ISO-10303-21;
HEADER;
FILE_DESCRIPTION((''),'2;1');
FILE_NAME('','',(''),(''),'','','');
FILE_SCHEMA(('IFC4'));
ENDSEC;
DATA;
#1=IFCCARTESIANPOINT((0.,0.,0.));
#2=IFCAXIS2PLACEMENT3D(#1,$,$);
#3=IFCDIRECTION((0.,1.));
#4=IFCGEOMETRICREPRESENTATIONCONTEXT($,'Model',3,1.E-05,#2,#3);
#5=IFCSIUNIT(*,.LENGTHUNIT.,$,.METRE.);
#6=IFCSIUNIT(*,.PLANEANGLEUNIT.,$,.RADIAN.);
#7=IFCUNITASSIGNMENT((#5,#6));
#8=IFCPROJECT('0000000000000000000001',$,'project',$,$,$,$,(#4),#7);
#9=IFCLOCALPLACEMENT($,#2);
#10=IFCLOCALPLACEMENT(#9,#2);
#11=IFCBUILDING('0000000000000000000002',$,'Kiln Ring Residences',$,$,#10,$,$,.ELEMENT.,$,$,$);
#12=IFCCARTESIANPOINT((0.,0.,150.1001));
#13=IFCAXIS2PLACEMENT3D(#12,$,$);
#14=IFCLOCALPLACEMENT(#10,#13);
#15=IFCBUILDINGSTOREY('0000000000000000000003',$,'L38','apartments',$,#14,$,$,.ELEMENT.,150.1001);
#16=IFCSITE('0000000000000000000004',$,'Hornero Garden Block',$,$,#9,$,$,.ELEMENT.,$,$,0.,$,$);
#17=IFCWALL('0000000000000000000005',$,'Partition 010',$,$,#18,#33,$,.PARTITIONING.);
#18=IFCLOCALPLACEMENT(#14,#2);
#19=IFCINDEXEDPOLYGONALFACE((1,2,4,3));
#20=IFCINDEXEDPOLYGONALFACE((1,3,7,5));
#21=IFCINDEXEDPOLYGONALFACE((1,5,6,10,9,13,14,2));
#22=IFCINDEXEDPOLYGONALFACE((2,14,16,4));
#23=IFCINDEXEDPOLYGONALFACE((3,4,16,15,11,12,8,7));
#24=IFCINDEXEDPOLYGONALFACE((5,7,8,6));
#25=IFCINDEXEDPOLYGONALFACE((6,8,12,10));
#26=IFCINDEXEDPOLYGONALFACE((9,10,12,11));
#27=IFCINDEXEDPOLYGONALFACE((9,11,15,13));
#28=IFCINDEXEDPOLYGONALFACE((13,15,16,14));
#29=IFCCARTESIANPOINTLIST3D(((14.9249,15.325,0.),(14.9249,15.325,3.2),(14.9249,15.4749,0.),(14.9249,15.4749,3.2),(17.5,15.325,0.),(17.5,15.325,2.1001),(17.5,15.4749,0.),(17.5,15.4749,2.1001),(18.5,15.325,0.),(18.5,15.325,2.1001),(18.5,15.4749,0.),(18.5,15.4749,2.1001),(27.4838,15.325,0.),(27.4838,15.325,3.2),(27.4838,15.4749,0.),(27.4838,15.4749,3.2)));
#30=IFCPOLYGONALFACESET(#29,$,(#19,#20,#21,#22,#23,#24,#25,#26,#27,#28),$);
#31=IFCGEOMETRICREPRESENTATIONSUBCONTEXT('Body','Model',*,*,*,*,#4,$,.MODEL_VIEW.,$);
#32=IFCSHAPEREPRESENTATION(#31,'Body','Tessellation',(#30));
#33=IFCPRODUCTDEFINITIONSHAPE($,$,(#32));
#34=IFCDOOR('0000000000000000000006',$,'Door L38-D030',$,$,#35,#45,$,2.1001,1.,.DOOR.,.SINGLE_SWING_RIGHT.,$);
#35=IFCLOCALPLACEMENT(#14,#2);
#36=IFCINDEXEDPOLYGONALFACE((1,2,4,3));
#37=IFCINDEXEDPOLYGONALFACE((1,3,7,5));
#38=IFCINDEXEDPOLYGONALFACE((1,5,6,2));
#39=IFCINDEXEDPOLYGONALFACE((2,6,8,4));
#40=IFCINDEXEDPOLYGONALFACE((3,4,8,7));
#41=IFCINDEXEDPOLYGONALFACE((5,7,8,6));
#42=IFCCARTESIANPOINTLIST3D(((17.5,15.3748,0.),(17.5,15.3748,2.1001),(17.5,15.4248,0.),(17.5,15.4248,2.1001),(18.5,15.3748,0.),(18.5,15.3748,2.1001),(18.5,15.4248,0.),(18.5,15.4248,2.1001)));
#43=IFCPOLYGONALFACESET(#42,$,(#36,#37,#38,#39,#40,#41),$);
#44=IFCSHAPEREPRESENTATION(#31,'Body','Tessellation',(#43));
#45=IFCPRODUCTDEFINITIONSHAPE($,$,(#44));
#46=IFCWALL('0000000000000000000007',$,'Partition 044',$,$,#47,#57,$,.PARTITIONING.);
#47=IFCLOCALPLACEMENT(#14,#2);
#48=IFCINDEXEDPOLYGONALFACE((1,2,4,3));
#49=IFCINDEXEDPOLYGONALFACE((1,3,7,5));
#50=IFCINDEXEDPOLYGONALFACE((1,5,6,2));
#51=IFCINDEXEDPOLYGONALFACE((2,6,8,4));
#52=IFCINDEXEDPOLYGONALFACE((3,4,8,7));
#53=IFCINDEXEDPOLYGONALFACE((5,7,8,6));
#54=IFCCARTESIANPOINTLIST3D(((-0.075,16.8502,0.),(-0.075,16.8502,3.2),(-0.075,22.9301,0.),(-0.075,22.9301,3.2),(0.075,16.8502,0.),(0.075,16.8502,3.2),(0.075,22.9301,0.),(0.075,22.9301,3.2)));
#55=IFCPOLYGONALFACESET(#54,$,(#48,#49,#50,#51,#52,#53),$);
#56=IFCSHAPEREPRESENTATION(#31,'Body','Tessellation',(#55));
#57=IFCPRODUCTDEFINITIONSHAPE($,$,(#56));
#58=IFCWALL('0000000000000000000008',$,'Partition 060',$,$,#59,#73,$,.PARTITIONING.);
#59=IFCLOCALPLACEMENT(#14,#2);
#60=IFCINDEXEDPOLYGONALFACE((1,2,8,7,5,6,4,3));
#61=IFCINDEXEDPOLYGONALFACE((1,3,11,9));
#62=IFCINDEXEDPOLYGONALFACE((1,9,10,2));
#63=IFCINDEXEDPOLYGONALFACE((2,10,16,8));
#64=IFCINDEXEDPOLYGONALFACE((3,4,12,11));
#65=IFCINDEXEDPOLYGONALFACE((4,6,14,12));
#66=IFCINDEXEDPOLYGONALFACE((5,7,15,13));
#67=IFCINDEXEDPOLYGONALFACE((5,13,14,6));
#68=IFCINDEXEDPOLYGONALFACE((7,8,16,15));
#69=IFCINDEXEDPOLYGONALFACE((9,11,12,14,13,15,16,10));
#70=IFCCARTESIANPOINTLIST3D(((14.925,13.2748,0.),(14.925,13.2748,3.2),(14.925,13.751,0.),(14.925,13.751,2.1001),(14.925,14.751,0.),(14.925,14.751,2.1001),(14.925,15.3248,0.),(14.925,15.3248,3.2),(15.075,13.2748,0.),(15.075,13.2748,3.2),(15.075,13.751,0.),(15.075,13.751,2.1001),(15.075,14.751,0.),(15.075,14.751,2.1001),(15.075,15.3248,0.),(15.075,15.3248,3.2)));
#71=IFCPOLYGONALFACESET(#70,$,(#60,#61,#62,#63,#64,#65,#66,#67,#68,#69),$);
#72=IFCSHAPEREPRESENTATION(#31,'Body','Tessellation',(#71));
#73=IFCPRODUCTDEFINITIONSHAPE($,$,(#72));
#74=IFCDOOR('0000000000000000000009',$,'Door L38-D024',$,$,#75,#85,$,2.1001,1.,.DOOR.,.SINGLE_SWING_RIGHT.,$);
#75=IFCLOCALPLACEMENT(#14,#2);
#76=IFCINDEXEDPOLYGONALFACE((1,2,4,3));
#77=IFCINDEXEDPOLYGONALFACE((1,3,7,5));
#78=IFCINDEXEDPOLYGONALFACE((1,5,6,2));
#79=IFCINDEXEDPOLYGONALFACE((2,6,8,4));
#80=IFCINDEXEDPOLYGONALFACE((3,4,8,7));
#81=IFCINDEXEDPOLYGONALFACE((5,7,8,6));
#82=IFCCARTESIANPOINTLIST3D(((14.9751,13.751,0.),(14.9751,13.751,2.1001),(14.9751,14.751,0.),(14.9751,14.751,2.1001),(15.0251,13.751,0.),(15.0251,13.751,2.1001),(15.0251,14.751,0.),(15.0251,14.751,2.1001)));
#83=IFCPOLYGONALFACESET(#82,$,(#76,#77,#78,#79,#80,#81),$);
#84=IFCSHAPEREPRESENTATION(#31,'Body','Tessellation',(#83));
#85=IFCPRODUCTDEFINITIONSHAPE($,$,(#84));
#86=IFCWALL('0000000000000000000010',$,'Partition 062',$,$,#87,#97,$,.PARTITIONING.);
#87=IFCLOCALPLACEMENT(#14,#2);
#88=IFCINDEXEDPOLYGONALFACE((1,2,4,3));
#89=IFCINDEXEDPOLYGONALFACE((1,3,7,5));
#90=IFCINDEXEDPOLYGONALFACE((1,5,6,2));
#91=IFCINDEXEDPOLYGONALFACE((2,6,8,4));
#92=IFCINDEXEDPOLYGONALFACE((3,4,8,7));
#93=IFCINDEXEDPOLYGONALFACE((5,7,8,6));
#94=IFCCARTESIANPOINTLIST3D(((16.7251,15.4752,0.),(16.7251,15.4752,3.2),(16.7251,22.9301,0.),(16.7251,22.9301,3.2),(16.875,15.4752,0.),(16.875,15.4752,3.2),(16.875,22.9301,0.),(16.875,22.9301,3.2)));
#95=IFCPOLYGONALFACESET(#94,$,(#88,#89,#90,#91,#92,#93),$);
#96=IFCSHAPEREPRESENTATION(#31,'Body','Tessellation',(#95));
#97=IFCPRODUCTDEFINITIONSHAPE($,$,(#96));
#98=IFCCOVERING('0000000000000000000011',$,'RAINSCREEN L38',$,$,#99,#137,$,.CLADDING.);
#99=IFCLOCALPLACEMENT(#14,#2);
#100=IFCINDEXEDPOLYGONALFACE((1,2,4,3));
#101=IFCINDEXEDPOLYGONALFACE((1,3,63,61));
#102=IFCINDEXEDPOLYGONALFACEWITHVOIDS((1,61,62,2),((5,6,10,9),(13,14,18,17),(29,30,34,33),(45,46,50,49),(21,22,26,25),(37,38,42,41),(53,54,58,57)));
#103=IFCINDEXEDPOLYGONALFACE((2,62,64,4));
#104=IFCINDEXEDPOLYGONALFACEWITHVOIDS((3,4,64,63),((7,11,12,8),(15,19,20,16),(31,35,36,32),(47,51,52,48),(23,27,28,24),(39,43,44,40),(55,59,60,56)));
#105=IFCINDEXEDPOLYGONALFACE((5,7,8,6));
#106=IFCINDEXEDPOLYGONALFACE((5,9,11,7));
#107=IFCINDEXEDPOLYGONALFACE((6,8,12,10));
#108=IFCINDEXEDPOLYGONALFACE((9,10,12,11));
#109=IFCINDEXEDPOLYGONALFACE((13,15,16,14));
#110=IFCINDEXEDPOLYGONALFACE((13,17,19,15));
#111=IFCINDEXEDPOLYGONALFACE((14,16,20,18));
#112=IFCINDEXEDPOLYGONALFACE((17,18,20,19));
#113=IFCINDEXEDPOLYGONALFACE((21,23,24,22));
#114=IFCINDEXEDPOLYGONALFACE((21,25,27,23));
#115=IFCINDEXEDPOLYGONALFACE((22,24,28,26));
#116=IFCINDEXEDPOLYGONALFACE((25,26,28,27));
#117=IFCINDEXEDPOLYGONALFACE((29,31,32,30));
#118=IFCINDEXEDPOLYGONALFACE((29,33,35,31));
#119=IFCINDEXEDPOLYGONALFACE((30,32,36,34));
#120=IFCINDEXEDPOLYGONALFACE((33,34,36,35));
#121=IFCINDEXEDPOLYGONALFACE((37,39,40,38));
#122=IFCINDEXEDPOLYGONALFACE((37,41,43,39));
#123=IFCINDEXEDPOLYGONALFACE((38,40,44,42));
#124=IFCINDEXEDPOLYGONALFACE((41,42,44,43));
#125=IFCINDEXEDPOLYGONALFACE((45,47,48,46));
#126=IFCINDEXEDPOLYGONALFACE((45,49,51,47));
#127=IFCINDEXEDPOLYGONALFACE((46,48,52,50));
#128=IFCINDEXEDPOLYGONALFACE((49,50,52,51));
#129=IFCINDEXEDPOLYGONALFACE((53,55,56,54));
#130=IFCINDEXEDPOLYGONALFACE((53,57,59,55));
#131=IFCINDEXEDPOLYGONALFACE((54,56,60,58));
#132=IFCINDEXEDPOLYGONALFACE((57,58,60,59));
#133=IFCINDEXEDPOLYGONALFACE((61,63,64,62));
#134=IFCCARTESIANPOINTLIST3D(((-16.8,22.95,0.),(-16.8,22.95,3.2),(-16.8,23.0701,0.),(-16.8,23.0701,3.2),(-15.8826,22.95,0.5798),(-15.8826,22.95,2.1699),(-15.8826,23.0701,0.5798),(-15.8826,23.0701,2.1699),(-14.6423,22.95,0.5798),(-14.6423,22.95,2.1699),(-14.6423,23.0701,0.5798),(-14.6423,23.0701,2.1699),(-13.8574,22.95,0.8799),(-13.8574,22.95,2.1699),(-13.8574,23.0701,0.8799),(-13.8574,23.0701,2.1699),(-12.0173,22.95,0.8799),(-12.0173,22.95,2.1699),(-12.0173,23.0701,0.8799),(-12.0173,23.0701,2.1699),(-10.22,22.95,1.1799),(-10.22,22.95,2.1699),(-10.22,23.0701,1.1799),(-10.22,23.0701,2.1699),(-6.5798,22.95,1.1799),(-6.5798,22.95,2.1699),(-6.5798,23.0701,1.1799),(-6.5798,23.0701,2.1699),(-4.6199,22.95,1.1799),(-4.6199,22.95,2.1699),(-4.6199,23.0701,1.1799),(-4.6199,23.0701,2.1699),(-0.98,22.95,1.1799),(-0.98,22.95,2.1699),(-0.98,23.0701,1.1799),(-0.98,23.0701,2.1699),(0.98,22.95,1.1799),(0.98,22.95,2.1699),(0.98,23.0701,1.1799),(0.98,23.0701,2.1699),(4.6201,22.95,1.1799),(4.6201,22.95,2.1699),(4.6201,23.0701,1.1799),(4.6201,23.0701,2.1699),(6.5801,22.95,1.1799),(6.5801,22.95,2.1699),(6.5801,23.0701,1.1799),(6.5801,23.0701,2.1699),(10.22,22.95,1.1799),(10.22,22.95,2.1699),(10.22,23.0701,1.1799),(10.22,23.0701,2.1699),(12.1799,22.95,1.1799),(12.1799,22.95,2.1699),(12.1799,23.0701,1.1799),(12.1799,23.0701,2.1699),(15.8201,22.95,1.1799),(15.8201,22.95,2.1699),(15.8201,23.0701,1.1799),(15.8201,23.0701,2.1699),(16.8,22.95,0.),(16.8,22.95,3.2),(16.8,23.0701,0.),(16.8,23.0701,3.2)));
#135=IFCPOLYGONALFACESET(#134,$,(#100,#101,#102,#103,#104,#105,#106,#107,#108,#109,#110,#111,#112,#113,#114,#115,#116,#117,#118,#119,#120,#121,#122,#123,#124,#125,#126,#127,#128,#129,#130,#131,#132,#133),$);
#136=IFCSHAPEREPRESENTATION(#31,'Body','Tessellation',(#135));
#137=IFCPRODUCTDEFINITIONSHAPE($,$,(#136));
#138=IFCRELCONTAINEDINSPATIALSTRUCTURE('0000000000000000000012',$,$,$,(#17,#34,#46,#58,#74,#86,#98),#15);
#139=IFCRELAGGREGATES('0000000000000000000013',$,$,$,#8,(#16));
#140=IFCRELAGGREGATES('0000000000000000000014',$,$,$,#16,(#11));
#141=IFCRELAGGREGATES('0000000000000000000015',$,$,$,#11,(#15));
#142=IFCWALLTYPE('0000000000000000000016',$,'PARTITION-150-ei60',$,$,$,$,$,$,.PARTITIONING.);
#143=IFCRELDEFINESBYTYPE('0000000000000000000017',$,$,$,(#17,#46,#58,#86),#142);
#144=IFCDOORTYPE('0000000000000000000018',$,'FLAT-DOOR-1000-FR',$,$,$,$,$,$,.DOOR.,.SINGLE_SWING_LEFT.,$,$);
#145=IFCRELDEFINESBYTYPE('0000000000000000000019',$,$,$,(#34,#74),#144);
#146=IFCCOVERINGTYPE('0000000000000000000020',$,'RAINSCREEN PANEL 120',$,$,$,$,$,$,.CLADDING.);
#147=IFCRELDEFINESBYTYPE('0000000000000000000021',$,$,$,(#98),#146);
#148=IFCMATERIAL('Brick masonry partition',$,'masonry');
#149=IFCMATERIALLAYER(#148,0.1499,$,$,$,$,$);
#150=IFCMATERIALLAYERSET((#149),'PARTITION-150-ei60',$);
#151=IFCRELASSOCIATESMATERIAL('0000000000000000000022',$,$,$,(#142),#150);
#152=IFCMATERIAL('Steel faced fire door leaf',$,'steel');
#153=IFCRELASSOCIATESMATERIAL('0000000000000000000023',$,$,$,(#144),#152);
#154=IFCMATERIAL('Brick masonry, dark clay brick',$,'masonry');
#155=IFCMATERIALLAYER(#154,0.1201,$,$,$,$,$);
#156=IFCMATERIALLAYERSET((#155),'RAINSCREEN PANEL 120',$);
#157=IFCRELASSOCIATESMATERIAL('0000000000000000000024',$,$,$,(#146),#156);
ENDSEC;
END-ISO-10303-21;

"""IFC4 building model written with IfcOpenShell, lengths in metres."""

from ifc_helpers import new_model, si_unit, direction, frame, frame_2d, origin, place, context, subcontext, project, spatial, polyline, rectangle, outline, extrude, material, layer, layer_set, type_object, element, fill, save


model = new_model("IFC4")

# Units and contexts
model_context = context("Model", 3, precision=1e-05, world=origin(), true_north=direction((0.0, 1.0)))
body_context = subcontext(model_context, "Body", "Model", "MODEL_VIEW")
ifc_project = project(units=[si_unit("LENGTHUNIT", "METRE"), si_unit("PLANEANGLEUNIT", "RADIAN")], contexts=[model_context])

# Site, building, storey
site_placement = place(None, origin())
site = spatial("IfcSite", under=ifc_project, at=site_placement, Name="Hornero Garden Block", CompositionType="ELEMENT", RefElevation=0.0)
building_placement = place(site_placement, origin())
building = spatial("IfcBuilding", under=site, at=building_placement, Name="Kiln Ring Residences", CompositionType="ELEMENT")
storey_placement = place(building_placement, frame((0.0, 0.0, 150.1001)))
storey = spatial("IfcBuildingStorey", under=building, at=storey_placement, Name="L38", Description="apartments", CompositionType="ELEMENT", Elevation=150.1001)

# Wall, opening, door
ifc_material_1 = material(Name="Brick masonry partition", Category="masonry")
ifc_layer_1 = layer(ifc_material_1, 0.1499)
ifc_layer_set_1 = layer_set([ifc_layer_1], Name="PARTITION-150-ei60")
wall_type_1 = type_object("IfcWallType", Name="PARTITION-150-ei60", PredefinedType="PARTITIONING", material=ifc_layer_set_1)
wall_1_placement = place(storey_placement, frame((14.925, 15.3999, 0.0), z_axis=(0.0, 0.0, 1.0), x_axis=(1.0, 0.0, 0.0)))
wall_1 = element("IfcWall", 1, at=wall_1_placement, inside=storey, type_object=wall_type_1, Name="Partition 010", PredefinedType="PARTITIONING", context=body_context, shape_type="SweptSolid", body=[
    extrude(rectangle(XDim=12.5588, YDim=0.1499, at=frame_2d((6.2793, 0.0))), origin(), (0.0, 0.0, 1.0), 3.2),
])
opening_1_placement = place(wall_1_placement, frame((2.575, 0.0, 0.0)))
opening_1 = element("IfcOpeningElement", 2, at=opening_1_placement, cuts=wall_1, PredefinedType="OPENING", context=body_context, shape_type="SweptSolid", body=[
    extrude(rectangle(XDim=1.0, YDim=2.1001, at=frame_2d((0.5, 1.05))), frame((0.0, 0.085, 0.0), z_axis=(0.0, -1.0, 0.0), x_axis=(1.0, 0.0, 0.0)), (0.0, 0.0, 1.0), 0.1699),
])
ifc_material_2 = material(Name="Steel faced fire door leaf", Category="steel")
door_type_1 = type_object("IfcDoorType", Name="FLAT-DOOR-1000-FR", OperationType="SINGLE_SWING_LEFT", PredefinedType="DOOR", material=ifc_material_2)
door_1_placement = place(opening_1_placement, origin())
door_1 = element("IfcDoor", 3, at=door_1_placement, inside=storey, type_object=door_type_1, Name="Door L38-D030", OperationType="SINGLE_SWING_RIGHT", OverallHeight=2.1001, OverallWidth=1.0, PredefinedType="DOOR", context=body_context, shape_type="SweptSolid", body=[
    extrude(rectangle(XDim=1.0, YDim=2.1001, at=frame_2d((0.5, 1.05))), frame((0.0, 0.0249, 0.0), z_axis=(0.0, -1.0, 0.0), x_axis=(1.0, 0.0, 0.0)), (0.0, 0.0, 1.0), 0.05),
])
fill(opening_1, door_1)

# Wall
wall_2_placement = place(storey_placement, frame((0.0, 16.8501, 0.0), z_axis=(0.0, 0.0, 1.0), x_axis=(0.0, 1.0, 0.0)))
element("IfcWall", 4, at=wall_2_placement, inside=storey, type_object=wall_type_1, Name="Partition 044", PredefinedType="PARTITIONING", context=body_context, shape_type="SweptSolid", body=[
    extrude(rectangle(XDim=6.0798, YDim=0.1499, at=frame_2d((3.04, 0.0))), origin(), (0.0, 0.0, 1.0), 3.2),
])

# Wall, opening, door
wall_3_placement = place(storey_placement, frame((15.0, 13.2749, 0.0), z_axis=(0.0, 0.0, 1.0), x_axis=(0.0, 1.0, 0.0)))
wall_3 = element("IfcWall", 5, at=wall_3_placement, inside=storey, type_object=wall_type_1, Name="Partition 060", PredefinedType="PARTITIONING", context=body_context, shape_type="SweptSolid", body=[
    extrude(rectangle(XDim=2.05, YDim=0.1499, at=frame_2d((1.0249, 0.0))), origin(), (0.0, 0.0, 1.0), 3.2),
])
opening_2_placement = place(wall_3_placement, frame((0.4761, 0.0, 0.0)))
opening_2 = element("IfcOpeningElement", 6, at=opening_2_placement, cuts=wall_3, PredefinedType="OPENING", context=body_context, shape_type="SweptSolid", body=[
    extrude(rectangle(XDim=1.0, YDim=2.1001, at=frame_2d((0.5, 1.05))), frame((0.0, 0.085, 0.0), z_axis=(0.0, -1.0, 0.0), x_axis=(1.0, 0.0, 0.0)), (0.0, 0.0, 1.0), 0.1699),
])
door_2_placement = place(opening_2_placement, origin())
door_2 = element("IfcDoor", 7, at=door_2_placement, inside=storey, type_object=door_type_1, Name="Door L38-D024", OperationType="SINGLE_SWING_RIGHT", OverallHeight=2.1001, OverallWidth=1.0, PredefinedType="DOOR", context=body_context, shape_type="SweptSolid", body=[
    extrude(rectangle(XDim=1.0, YDim=2.1001, at=frame_2d((0.5, 1.05))), frame((0.0, 0.0249, 0.0), z_axis=(0.0, -1.0, 0.0), x_axis=(1.0, 0.0, 0.0)), (0.0, 0.0, 1.0), 0.05),
])
fill(opening_2, door_2)

# Wall
wall_4_placement = place(storey_placement, frame((16.8, 15.4751, 0.0), z_axis=(0.0, 0.0, 1.0), x_axis=(0.0, 1.0, 0.0)))
element("IfcWall", 8, at=wall_4_placement, inside=storey, type_object=wall_type_1, Name="Partition 062", PredefinedType="PARTITIONING", context=body_context, shape_type="SweptSolid", body=[
    extrude(rectangle(XDim=7.4548, YDim=0.1499, at=frame_2d((3.7275, 0.0))), origin(), (0.0, 0.0, 1.0), 3.2),
])

# Covering
ifc_material_3 = material(Name="Brick masonry, dark clay brick", Category="masonry")
ifc_layer_2 = layer(ifc_material_3, 0.1201)
ifc_layer_set_2 = layer_set([ifc_layer_2], Name="RAINSCREEN PANEL 120")
covering_type = type_object("IfcCoveringType", Name="RAINSCREEN PANEL 120", PredefinedType="CLADDING", material=ifc_layer_set_2)
covering_placement = place(storey_placement, frame((16.8, 23.01, 0.0), z_axis=(0.0, 0.0, 1.0), x_axis=(-1.0, 0.0, 0.0)))
element("IfcCovering", 9, at=covering_placement, inside=storey, type_object=covering_type, Name="RAINSCREEN L38", PredefinedType="CLADDING", context=body_context, shape_type="SweptSolid", body=[
    extrude(outline(polyline([(0.0, 0.0), (33.6001, 0.0), (33.6001, 3.2), (0.0, 3.2), (0.0, 0.0)]), holes=[polyline([(32.6826, 0.5798), (32.6826, 2.1699), (31.4424, 2.1699), (31.4424, 0.5798), (32.6826, 0.5798)]), polyline([(28.8174, 0.8799), (30.6575, 0.8799), (30.6575, 2.1699), (28.8174, 2.1699), (28.8174, 0.8799)]), polyline([(0.98, 1.1799), (4.6201, 1.1799), (4.6201, 2.1699), (0.98, 2.1699), (0.98, 1.1799)]), polyline([(6.5801, 1.1799), (10.22, 1.1799), (10.22, 2.1699), (6.5801, 2.1699), (6.5801, 1.1799)]), polyline([(12.1799, 1.1799), (15.8201, 1.1799), (15.8201, 2.1699), (12.1799, 2.1699), (12.1799, 1.1799)]), polyline([(17.78, 1.1799), (21.4199, 1.1799), (21.4199, 2.1699), (17.78, 2.1699), (17.78, 1.1799)]), polyline([(23.3799, 1.1799), (27.02, 1.1799), (27.02, 2.1699), (23.3799, 2.1699), (23.3799, 1.1799)])]), frame((0.0, 0.0601, 0.0), z_axis=(0.0, -1.0, 0.0), x_axis=(1.0, 0.0, 0.0)), (0.0, 0.0, 1.0), 0.1201),
])

save(model, "model.ifc")
